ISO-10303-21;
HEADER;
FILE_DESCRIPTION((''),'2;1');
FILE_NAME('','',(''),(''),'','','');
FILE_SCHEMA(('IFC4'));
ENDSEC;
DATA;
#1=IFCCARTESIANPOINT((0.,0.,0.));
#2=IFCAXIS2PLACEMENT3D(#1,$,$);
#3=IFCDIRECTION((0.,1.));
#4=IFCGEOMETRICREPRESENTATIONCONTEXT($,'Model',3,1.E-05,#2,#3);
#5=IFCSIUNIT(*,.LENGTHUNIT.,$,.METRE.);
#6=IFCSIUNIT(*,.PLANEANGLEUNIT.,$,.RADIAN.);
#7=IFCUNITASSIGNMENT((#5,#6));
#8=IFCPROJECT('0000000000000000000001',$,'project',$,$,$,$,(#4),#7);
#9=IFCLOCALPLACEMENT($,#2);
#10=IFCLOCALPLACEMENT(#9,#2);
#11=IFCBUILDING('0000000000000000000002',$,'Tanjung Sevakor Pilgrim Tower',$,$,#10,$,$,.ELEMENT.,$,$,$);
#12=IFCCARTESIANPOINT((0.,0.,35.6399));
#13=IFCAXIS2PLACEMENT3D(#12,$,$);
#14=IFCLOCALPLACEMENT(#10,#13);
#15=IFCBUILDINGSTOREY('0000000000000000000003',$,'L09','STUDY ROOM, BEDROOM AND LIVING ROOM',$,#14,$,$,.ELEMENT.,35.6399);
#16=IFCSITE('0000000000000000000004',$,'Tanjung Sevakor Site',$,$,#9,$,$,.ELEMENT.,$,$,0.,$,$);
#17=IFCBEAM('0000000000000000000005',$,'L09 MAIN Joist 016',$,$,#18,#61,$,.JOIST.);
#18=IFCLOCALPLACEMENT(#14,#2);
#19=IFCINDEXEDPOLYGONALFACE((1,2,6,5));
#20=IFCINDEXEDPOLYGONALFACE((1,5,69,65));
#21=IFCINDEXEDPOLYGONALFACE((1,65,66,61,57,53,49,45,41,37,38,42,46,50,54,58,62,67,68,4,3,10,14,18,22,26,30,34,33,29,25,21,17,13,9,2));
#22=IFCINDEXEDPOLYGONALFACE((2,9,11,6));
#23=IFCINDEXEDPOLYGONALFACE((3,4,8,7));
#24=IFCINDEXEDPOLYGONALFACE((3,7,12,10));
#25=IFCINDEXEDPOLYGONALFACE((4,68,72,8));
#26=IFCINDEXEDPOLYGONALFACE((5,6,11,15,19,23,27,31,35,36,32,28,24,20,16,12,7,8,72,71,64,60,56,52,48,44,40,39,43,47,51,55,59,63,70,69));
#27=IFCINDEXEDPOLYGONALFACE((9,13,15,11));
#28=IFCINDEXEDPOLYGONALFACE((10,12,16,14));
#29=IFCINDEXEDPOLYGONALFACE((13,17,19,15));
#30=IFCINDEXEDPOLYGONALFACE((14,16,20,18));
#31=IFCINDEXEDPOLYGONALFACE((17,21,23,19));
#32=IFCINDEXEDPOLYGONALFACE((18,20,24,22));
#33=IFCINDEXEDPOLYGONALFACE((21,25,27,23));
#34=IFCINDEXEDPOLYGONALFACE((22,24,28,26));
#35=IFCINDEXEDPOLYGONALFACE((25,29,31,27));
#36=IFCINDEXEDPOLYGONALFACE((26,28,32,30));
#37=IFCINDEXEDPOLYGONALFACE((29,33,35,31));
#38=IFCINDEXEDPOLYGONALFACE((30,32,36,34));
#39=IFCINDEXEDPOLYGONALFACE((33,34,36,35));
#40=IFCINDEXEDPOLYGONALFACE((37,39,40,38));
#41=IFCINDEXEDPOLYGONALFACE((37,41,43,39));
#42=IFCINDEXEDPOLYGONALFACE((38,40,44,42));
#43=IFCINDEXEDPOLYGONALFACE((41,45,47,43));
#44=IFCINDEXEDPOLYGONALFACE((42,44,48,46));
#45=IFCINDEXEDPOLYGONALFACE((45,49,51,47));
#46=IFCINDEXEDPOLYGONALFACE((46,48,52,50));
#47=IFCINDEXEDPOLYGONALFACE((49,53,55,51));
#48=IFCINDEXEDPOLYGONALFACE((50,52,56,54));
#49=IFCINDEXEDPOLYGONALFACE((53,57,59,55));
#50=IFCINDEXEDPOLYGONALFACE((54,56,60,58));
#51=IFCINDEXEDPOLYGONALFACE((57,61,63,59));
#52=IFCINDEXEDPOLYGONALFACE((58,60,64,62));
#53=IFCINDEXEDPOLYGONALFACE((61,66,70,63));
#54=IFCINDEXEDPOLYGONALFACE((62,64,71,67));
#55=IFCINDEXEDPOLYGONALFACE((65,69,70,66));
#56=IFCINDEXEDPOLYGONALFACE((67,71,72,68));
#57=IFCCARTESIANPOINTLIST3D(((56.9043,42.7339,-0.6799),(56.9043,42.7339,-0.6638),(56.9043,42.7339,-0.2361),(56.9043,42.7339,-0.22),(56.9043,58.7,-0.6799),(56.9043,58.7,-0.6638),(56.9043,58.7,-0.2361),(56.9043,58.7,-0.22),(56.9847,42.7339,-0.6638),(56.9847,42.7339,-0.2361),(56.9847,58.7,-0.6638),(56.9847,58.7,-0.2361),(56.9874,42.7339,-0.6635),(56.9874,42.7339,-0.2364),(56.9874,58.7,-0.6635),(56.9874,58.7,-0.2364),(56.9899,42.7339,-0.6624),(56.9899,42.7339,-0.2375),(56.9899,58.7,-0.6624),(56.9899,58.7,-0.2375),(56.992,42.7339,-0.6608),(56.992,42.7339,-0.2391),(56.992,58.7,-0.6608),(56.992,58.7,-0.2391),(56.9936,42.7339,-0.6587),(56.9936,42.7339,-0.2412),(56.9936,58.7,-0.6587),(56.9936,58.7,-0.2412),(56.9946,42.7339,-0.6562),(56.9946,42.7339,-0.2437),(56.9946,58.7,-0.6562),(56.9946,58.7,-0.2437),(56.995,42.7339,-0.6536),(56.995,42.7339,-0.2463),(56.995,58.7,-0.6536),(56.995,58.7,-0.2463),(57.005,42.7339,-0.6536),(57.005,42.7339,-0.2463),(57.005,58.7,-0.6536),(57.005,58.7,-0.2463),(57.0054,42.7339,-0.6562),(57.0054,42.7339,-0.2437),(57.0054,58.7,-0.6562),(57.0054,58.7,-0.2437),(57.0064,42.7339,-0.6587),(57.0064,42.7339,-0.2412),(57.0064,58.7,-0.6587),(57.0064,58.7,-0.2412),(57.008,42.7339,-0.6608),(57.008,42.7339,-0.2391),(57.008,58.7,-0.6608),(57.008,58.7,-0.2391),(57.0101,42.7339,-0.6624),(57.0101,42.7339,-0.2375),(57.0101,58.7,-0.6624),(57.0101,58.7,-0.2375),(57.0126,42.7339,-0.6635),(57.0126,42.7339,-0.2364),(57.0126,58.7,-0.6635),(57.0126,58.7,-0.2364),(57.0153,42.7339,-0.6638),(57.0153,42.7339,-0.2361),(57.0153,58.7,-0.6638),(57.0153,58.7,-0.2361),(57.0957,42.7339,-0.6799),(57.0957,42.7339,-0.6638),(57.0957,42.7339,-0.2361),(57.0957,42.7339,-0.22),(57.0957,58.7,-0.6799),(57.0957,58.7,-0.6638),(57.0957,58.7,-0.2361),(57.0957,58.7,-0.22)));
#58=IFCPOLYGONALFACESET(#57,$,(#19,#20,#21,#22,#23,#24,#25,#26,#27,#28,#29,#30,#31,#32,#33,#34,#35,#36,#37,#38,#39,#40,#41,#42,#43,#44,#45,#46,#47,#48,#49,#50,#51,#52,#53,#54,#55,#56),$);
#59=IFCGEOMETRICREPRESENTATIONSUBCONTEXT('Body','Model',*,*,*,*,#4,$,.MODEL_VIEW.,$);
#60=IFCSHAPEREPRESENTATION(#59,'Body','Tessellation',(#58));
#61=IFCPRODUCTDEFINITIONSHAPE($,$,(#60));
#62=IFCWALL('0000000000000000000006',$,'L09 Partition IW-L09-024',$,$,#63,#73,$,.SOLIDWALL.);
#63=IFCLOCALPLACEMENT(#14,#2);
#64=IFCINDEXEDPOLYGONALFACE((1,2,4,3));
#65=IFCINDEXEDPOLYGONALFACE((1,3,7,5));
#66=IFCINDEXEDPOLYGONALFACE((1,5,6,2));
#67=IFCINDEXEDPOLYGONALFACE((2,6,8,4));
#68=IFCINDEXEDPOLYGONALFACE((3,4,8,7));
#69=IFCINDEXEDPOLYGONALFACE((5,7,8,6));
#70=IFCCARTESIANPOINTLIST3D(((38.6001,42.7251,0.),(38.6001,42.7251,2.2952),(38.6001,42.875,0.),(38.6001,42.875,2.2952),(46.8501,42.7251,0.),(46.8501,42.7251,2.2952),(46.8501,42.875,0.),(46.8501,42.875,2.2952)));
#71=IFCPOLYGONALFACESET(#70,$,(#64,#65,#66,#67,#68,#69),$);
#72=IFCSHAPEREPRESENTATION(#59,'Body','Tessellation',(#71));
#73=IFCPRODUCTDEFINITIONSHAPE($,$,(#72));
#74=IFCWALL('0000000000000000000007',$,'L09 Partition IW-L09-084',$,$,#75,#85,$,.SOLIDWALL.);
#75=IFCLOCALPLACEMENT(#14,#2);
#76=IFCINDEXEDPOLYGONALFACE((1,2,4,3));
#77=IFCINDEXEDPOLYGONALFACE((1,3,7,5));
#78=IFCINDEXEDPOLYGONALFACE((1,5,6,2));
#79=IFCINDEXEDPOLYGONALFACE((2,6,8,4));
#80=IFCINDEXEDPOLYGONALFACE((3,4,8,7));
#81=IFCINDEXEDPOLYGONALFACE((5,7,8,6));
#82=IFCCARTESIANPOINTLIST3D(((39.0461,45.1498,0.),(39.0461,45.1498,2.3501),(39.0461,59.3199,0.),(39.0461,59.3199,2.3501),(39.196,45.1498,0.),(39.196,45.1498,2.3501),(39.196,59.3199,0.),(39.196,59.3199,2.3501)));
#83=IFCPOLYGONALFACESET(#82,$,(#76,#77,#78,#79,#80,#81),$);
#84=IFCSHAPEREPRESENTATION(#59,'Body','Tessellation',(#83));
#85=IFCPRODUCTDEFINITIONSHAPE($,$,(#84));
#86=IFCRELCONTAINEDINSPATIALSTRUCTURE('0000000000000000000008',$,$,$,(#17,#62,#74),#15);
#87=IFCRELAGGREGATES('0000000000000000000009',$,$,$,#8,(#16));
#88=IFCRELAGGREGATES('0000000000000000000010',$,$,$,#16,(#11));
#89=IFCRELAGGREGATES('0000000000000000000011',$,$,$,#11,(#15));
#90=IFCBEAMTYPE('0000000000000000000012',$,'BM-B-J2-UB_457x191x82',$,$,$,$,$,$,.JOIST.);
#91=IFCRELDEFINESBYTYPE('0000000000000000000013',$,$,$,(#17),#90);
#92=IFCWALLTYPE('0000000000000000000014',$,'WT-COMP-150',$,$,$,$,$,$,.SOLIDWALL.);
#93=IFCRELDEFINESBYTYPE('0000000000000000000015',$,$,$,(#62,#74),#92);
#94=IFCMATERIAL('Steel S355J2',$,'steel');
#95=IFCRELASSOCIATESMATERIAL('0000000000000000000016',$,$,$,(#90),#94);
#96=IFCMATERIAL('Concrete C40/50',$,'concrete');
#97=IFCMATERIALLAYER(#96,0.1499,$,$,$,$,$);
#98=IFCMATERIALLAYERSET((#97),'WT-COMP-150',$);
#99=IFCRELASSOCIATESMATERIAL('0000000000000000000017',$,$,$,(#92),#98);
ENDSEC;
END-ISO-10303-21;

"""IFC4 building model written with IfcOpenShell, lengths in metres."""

from ifc_helpers import new_model, si_unit, direction, frame, frame_2d, origin, origin_2d, place, context, subcontext, project, spatial, rectangle, i_section, extrude, material, layer, layer_set, material_profile, profile_set, type_object, element, save


model = new_model("IFC4")

# Units and contexts
model_context = context("Model", 3, precision=1e-05, world=origin(), true_north=direction((0.0, 1.0)))
body_context = subcontext(model_context, "Body", "Model", "MODEL_VIEW")
ifc_project = project(units=[si_unit("LENGTHUNIT", "METRE"), si_unit("PLANEANGLEUNIT", "RADIAN")], contexts=[model_context])

# Site, building, storey
site_placement = place(None, origin())
site = spatial("IfcSite", under=ifc_project, at=site_placement, Name="Tanjung Sevakor Site", CompositionType="ELEMENT", RefElevation=0.0)
building_placement = place(site_placement, origin())
building = spatial("IfcBuilding", under=site, at=building_placement, Name="Tanjung Sevakor Pilgrim Tower", CompositionType="ELEMENT")
storey_placement = place(building_placement, frame((0.0, 0.0, 35.6399)))
storey = spatial("IfcBuildingStorey", under=building, at=storey_placement, Name="L09", Description="STUDY ROOM, BEDROOM AND LIVING ROOM", CompositionType="ELEMENT", Elevation=35.6399)

# Beam
ifc_material_1 = material(Name="Steel S355J2", Category="steel")
ifc_material_profile_1 = material_profile(ifc_material_1, i_section(OverallWidth=0.1914, OverallDepth=0.46, WebThickness=0.01, FlangeThickness=0.0161, FilletRadius=0.0103, at=origin_2d()))
ifc_profile_set_1 = profile_set([ifc_material_profile_1], Name="Steel S355J2")
beam_type_1 = type_object("IfcBeamType", Name="BM-B-J2-UB_457x191x82", PredefinedType="JOIST", material=ifc_profile_set_1)
for number, where, z_axis, x_axis, name in (
    (1, (57.0, 42.7339, -0.45), (0.0, 1.0, 0.0), (-1.0, 0.0, 0.0), "L09 MAIN Joist 016"),
):
    element("IfcBeam", number, at=place(storey_placement, frame(where, z_axis=z_axis, x_axis=x_axis)), inside=storey, type_object=beam_type_1, Name=name, PredefinedType="JOIST", context=body_context, shape_type="SweptSolid", body=[
        extrude(i_section(OverallWidth=0.1914, OverallDepth=0.46, WebThickness=0.01, FlangeThickness=0.0161, FilletRadius=0.0103, at=origin_2d()), origin(), (0.0, 0.0, 1.0), 15.9661),
    ])

# Walls
ifc_material_2 = material(Name="Concrete C40/50", Category="concrete")
ifc_layer = layer(ifc_material_2, 0.1499)
ifc_layer_set = layer_set([ifc_layer], Name="WT-COMP-150")
wall_type = type_object("IfcWallType", Name="WT-COMP-150", PredefinedType="SOLIDWALL", material=ifc_layer_set)
wall_1_placement = place(storey_placement, frame((38.6001, 42.8, 0.0), z_axis=(0.0, 0.0, 1.0), x_axis=(1.0, 0.0, 0.0)))
element("IfcWall", 2, at=wall_1_placement, inside=storey, type_object=wall_type, Name="L09 Partition IW-L09-024", PredefinedType="SOLIDWALL", context=body_context, shape_type="SweptSolid", body=[
    extrude(rectangle(XDim=8.25, YDim=0.1499, at=frame_2d((4.125, 0.0))), origin(), (0.0, 0.0, 1.0), 2.2952),
])
wall_2_placement = place(storey_placement, frame((39.1211, 45.1499, 0.0), z_axis=(0.0, 0.0, 1.0), x_axis=(0.0, 1.0, 0.0)))
element("IfcWall", 3, at=wall_2_placement, inside=storey, type_object=wall_type, Name="L09 Partition IW-L09-084", PredefinedType="SOLIDWALL", context=body_context, shape_type="SweptSolid", body=[
    extrude(rectangle(XDim=14.1702, YDim=0.1499, at=frame_2d((7.085, 0.0))), origin(), (0.0, 0.0, 1.0), 2.3501),
])

save(model, "model.ifc")
